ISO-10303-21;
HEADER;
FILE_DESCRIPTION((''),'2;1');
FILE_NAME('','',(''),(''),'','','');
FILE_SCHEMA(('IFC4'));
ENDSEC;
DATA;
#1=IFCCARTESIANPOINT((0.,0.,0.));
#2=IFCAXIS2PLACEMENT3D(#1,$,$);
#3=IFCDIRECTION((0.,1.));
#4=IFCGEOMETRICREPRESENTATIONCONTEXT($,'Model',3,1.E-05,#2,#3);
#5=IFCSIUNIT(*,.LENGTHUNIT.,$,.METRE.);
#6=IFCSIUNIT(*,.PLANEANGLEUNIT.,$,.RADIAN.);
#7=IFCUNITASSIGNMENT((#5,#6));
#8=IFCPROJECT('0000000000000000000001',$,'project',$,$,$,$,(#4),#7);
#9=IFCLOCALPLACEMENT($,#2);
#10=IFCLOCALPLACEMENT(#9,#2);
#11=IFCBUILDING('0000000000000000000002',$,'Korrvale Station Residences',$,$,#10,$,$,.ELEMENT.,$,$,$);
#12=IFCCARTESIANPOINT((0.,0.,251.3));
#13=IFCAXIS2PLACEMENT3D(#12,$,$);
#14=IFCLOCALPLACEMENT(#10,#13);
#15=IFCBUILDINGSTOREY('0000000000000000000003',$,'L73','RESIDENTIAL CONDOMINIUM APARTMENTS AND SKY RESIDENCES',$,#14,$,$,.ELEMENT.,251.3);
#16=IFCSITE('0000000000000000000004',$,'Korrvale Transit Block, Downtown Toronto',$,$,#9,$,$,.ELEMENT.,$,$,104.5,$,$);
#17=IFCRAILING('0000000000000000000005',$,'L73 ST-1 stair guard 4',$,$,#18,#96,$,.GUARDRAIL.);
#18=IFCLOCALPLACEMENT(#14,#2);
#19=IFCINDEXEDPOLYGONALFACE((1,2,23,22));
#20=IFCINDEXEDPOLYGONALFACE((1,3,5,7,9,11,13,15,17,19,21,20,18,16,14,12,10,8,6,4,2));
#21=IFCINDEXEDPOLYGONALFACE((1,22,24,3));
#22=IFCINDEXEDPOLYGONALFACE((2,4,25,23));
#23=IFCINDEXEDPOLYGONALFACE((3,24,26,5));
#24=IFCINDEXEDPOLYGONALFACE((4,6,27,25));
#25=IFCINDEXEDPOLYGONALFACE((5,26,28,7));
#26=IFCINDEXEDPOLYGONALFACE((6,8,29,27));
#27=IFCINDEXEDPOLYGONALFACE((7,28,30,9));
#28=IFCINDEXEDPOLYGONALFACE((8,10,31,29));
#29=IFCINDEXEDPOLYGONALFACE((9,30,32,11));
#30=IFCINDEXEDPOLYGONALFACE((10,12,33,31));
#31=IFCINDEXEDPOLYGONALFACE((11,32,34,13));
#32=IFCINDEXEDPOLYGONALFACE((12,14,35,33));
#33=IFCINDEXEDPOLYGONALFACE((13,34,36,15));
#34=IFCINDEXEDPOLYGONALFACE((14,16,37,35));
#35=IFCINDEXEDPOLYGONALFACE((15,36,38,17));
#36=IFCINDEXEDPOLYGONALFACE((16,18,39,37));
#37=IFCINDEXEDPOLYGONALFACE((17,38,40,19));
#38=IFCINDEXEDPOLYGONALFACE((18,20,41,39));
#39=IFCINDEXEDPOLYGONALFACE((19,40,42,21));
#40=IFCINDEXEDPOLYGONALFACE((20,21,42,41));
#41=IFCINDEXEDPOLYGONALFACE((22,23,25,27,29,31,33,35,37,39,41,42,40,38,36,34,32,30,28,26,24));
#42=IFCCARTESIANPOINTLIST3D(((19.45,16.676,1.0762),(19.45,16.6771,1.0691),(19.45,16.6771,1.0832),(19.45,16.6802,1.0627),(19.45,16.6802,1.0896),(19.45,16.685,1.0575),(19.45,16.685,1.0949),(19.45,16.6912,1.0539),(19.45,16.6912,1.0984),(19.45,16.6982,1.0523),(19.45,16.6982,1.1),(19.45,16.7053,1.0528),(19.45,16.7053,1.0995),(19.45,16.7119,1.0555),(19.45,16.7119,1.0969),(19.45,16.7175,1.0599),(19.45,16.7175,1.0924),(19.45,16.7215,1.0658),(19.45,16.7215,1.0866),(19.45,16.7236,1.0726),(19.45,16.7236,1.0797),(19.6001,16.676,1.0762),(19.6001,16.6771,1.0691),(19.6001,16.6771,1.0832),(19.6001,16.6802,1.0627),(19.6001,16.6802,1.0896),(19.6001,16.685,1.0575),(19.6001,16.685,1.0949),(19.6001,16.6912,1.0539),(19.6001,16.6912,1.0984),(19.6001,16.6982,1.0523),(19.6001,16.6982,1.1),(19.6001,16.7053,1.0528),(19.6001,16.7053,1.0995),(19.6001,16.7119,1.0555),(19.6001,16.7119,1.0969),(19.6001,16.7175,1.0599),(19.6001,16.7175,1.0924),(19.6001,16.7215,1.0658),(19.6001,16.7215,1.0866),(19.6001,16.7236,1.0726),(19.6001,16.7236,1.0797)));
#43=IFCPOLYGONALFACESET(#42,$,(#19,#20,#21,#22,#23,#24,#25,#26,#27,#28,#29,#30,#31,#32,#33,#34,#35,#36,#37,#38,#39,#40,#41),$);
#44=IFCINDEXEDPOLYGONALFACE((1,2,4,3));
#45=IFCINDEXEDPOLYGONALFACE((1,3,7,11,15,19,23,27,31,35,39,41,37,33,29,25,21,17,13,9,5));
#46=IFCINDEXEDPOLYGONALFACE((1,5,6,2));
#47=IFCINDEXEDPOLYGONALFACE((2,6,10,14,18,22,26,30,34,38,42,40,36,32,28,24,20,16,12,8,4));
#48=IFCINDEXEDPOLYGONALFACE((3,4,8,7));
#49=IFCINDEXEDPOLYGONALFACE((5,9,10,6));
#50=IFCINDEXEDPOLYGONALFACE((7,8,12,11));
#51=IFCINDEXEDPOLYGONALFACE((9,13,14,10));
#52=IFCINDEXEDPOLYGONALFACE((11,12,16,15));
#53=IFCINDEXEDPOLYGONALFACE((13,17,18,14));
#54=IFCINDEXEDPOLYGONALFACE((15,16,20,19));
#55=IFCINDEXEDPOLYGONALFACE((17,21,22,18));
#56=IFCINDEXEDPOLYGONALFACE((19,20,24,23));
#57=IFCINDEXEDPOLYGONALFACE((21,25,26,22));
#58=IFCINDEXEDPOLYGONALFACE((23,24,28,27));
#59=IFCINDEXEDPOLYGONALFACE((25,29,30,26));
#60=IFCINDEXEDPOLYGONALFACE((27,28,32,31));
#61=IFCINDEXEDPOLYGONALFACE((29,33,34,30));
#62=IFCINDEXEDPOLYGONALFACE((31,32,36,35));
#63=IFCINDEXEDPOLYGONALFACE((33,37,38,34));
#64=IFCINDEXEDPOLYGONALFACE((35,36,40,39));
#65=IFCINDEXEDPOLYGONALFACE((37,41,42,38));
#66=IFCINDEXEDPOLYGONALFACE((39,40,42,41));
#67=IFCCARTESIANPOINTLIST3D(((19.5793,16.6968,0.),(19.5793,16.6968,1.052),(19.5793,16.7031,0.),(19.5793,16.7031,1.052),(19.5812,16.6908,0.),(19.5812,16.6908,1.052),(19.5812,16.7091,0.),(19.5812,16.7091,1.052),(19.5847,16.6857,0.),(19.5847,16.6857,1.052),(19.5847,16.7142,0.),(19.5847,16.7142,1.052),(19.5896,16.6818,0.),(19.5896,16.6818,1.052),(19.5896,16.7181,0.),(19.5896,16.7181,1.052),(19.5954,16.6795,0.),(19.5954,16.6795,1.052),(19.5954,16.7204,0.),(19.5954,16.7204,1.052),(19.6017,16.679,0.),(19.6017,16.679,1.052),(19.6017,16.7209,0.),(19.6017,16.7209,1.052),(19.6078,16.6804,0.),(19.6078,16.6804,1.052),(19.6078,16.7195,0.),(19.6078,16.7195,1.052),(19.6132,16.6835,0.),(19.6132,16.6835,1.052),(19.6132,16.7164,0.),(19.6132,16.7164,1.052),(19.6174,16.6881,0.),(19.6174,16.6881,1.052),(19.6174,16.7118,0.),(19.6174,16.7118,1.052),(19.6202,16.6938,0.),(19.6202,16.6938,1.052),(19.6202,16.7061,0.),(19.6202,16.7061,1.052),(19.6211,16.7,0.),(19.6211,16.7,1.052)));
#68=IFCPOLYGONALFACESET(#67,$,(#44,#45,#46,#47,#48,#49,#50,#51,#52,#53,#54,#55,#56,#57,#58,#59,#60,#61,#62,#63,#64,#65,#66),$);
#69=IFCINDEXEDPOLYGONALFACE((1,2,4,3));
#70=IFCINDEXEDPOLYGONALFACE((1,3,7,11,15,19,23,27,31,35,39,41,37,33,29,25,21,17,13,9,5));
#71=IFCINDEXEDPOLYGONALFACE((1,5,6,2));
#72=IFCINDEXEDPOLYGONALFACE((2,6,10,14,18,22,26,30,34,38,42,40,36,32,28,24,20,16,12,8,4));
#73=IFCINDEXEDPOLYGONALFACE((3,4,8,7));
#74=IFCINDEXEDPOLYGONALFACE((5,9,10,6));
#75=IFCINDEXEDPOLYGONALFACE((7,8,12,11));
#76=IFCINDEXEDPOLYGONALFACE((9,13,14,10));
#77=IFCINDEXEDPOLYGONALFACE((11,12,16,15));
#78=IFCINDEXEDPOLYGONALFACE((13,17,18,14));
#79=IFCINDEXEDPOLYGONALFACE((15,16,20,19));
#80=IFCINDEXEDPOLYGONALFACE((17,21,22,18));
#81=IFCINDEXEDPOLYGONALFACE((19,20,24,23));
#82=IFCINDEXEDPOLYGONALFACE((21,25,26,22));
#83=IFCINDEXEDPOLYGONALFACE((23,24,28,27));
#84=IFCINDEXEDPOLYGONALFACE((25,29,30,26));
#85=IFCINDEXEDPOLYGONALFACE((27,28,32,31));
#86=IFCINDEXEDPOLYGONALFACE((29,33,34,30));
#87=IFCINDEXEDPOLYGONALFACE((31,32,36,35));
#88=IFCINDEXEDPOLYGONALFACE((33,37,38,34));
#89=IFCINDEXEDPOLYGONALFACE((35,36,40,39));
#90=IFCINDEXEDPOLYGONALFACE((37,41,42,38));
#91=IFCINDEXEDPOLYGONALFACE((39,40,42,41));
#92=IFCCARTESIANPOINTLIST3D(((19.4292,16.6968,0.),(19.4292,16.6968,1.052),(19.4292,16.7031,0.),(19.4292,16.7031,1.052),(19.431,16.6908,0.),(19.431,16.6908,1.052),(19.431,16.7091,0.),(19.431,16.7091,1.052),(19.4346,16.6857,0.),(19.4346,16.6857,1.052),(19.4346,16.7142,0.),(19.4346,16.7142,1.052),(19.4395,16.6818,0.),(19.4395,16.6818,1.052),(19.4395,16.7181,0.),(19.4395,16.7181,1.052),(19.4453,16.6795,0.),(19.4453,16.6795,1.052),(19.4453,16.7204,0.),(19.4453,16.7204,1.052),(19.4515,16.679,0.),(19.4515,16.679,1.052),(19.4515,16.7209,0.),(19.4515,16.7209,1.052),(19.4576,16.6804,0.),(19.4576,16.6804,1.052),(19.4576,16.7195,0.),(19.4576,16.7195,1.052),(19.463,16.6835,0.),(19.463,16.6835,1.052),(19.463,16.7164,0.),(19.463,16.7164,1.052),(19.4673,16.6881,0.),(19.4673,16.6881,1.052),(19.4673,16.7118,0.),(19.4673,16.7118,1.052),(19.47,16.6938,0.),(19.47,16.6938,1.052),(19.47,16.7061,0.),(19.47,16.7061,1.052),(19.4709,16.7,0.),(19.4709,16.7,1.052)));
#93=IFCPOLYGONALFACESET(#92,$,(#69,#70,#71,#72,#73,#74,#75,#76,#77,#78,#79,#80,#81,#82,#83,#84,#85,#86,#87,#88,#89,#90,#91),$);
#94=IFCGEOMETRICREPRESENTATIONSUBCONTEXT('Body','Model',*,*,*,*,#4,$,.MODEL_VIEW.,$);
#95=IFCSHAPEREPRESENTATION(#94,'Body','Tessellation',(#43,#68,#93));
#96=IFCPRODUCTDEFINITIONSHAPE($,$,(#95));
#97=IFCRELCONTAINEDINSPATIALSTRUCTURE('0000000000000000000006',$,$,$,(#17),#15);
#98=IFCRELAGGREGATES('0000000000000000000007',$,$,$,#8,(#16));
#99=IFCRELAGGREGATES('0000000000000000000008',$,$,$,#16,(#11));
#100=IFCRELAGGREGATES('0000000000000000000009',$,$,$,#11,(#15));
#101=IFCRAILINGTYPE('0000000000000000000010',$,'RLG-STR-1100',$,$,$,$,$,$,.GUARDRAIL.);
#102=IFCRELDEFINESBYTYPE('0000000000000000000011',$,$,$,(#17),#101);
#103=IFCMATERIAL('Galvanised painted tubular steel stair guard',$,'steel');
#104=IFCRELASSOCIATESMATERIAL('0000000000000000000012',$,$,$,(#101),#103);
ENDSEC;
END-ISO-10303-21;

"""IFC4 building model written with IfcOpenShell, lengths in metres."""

from ifc_helpers import new_model, si_unit, direction, frame, origin, origin_2d, place, context, subcontext, project, spatial, circle, extrude, material, type_object, element, save


model = new_model("IFC4")

# Units and contexts
model_context = context("Model", 3, precision=1e-05, world=origin(), true_north=direction((0.0, 1.0)))
body_context = subcontext(model_context, "Body", "Model", "MODEL_VIEW")
ifc_project = project(units=[si_unit("LENGTHUNIT", "METRE"), si_unit("PLANEANGLEUNIT", "RADIAN")], contexts=[model_context])

# Site, building, storey
site_placement = place(None, origin())
site = spatial("IfcSite", under=ifc_project, at=site_placement, Name="Korrvale Transit Block, Downtown Toronto", CompositionType="ELEMENT", RefElevation=104.5)
building_placement = place(site_placement, origin())
building = spatial("IfcBuilding", under=site, at=building_placement, Name="Korrvale Station Residences", CompositionType="ELEMENT")
storey_placement = place(building_placement, frame((0.0, 0.0, 251.3)))
storey = spatial("IfcBuildingStorey", under=building, at=storey_placement, Name="L73", Description="RESIDENTIAL CONDOMINIUM APARTMENTS AND SKY RESIDENCES", CompositionType="ELEMENT", Elevation=251.3)

# Railing
ifc_material_1 = material(Name="Galvanised painted tubular steel stair guard", Category="steel")
railing_type_1 = type_object("IfcRailingType", Name="RLG-STR-1100", PredefinedType="GUARDRAIL", material=ifc_material_1)
railing_1_placement = place(storey_placement, frame((19.6001, 16.7, 0.0)))
element("IfcRailing", 1, at=railing_1_placement, inside=storey, type_object=railing_type_1, Name="L73 ST-1 stair guard 4", PredefinedType="GUARDRAIL", context=body_context, shape_type="SweptSolid", body=[
    extrude(circle(Radius=0.0239, at=origin_2d()), frame((0.0, 0.0, 1.0762), z_axis=(-1.0, 0.0, 0.0), x_axis=(0.0, -1.0, 0.0)), (0.0, 0.0, 1.0), 0.1501),
    extrude(circle(Radius=0.021, at=origin_2d()), origin(), (0.0, 0.0, 1.0), 1.052),
    extrude(circle(Radius=0.021, at=origin_2d()), frame((-0.1501, 0.0, 0.0)), (0.0, 0.0, 1.0), 1.052),
])

save(model, "model.ifc")
